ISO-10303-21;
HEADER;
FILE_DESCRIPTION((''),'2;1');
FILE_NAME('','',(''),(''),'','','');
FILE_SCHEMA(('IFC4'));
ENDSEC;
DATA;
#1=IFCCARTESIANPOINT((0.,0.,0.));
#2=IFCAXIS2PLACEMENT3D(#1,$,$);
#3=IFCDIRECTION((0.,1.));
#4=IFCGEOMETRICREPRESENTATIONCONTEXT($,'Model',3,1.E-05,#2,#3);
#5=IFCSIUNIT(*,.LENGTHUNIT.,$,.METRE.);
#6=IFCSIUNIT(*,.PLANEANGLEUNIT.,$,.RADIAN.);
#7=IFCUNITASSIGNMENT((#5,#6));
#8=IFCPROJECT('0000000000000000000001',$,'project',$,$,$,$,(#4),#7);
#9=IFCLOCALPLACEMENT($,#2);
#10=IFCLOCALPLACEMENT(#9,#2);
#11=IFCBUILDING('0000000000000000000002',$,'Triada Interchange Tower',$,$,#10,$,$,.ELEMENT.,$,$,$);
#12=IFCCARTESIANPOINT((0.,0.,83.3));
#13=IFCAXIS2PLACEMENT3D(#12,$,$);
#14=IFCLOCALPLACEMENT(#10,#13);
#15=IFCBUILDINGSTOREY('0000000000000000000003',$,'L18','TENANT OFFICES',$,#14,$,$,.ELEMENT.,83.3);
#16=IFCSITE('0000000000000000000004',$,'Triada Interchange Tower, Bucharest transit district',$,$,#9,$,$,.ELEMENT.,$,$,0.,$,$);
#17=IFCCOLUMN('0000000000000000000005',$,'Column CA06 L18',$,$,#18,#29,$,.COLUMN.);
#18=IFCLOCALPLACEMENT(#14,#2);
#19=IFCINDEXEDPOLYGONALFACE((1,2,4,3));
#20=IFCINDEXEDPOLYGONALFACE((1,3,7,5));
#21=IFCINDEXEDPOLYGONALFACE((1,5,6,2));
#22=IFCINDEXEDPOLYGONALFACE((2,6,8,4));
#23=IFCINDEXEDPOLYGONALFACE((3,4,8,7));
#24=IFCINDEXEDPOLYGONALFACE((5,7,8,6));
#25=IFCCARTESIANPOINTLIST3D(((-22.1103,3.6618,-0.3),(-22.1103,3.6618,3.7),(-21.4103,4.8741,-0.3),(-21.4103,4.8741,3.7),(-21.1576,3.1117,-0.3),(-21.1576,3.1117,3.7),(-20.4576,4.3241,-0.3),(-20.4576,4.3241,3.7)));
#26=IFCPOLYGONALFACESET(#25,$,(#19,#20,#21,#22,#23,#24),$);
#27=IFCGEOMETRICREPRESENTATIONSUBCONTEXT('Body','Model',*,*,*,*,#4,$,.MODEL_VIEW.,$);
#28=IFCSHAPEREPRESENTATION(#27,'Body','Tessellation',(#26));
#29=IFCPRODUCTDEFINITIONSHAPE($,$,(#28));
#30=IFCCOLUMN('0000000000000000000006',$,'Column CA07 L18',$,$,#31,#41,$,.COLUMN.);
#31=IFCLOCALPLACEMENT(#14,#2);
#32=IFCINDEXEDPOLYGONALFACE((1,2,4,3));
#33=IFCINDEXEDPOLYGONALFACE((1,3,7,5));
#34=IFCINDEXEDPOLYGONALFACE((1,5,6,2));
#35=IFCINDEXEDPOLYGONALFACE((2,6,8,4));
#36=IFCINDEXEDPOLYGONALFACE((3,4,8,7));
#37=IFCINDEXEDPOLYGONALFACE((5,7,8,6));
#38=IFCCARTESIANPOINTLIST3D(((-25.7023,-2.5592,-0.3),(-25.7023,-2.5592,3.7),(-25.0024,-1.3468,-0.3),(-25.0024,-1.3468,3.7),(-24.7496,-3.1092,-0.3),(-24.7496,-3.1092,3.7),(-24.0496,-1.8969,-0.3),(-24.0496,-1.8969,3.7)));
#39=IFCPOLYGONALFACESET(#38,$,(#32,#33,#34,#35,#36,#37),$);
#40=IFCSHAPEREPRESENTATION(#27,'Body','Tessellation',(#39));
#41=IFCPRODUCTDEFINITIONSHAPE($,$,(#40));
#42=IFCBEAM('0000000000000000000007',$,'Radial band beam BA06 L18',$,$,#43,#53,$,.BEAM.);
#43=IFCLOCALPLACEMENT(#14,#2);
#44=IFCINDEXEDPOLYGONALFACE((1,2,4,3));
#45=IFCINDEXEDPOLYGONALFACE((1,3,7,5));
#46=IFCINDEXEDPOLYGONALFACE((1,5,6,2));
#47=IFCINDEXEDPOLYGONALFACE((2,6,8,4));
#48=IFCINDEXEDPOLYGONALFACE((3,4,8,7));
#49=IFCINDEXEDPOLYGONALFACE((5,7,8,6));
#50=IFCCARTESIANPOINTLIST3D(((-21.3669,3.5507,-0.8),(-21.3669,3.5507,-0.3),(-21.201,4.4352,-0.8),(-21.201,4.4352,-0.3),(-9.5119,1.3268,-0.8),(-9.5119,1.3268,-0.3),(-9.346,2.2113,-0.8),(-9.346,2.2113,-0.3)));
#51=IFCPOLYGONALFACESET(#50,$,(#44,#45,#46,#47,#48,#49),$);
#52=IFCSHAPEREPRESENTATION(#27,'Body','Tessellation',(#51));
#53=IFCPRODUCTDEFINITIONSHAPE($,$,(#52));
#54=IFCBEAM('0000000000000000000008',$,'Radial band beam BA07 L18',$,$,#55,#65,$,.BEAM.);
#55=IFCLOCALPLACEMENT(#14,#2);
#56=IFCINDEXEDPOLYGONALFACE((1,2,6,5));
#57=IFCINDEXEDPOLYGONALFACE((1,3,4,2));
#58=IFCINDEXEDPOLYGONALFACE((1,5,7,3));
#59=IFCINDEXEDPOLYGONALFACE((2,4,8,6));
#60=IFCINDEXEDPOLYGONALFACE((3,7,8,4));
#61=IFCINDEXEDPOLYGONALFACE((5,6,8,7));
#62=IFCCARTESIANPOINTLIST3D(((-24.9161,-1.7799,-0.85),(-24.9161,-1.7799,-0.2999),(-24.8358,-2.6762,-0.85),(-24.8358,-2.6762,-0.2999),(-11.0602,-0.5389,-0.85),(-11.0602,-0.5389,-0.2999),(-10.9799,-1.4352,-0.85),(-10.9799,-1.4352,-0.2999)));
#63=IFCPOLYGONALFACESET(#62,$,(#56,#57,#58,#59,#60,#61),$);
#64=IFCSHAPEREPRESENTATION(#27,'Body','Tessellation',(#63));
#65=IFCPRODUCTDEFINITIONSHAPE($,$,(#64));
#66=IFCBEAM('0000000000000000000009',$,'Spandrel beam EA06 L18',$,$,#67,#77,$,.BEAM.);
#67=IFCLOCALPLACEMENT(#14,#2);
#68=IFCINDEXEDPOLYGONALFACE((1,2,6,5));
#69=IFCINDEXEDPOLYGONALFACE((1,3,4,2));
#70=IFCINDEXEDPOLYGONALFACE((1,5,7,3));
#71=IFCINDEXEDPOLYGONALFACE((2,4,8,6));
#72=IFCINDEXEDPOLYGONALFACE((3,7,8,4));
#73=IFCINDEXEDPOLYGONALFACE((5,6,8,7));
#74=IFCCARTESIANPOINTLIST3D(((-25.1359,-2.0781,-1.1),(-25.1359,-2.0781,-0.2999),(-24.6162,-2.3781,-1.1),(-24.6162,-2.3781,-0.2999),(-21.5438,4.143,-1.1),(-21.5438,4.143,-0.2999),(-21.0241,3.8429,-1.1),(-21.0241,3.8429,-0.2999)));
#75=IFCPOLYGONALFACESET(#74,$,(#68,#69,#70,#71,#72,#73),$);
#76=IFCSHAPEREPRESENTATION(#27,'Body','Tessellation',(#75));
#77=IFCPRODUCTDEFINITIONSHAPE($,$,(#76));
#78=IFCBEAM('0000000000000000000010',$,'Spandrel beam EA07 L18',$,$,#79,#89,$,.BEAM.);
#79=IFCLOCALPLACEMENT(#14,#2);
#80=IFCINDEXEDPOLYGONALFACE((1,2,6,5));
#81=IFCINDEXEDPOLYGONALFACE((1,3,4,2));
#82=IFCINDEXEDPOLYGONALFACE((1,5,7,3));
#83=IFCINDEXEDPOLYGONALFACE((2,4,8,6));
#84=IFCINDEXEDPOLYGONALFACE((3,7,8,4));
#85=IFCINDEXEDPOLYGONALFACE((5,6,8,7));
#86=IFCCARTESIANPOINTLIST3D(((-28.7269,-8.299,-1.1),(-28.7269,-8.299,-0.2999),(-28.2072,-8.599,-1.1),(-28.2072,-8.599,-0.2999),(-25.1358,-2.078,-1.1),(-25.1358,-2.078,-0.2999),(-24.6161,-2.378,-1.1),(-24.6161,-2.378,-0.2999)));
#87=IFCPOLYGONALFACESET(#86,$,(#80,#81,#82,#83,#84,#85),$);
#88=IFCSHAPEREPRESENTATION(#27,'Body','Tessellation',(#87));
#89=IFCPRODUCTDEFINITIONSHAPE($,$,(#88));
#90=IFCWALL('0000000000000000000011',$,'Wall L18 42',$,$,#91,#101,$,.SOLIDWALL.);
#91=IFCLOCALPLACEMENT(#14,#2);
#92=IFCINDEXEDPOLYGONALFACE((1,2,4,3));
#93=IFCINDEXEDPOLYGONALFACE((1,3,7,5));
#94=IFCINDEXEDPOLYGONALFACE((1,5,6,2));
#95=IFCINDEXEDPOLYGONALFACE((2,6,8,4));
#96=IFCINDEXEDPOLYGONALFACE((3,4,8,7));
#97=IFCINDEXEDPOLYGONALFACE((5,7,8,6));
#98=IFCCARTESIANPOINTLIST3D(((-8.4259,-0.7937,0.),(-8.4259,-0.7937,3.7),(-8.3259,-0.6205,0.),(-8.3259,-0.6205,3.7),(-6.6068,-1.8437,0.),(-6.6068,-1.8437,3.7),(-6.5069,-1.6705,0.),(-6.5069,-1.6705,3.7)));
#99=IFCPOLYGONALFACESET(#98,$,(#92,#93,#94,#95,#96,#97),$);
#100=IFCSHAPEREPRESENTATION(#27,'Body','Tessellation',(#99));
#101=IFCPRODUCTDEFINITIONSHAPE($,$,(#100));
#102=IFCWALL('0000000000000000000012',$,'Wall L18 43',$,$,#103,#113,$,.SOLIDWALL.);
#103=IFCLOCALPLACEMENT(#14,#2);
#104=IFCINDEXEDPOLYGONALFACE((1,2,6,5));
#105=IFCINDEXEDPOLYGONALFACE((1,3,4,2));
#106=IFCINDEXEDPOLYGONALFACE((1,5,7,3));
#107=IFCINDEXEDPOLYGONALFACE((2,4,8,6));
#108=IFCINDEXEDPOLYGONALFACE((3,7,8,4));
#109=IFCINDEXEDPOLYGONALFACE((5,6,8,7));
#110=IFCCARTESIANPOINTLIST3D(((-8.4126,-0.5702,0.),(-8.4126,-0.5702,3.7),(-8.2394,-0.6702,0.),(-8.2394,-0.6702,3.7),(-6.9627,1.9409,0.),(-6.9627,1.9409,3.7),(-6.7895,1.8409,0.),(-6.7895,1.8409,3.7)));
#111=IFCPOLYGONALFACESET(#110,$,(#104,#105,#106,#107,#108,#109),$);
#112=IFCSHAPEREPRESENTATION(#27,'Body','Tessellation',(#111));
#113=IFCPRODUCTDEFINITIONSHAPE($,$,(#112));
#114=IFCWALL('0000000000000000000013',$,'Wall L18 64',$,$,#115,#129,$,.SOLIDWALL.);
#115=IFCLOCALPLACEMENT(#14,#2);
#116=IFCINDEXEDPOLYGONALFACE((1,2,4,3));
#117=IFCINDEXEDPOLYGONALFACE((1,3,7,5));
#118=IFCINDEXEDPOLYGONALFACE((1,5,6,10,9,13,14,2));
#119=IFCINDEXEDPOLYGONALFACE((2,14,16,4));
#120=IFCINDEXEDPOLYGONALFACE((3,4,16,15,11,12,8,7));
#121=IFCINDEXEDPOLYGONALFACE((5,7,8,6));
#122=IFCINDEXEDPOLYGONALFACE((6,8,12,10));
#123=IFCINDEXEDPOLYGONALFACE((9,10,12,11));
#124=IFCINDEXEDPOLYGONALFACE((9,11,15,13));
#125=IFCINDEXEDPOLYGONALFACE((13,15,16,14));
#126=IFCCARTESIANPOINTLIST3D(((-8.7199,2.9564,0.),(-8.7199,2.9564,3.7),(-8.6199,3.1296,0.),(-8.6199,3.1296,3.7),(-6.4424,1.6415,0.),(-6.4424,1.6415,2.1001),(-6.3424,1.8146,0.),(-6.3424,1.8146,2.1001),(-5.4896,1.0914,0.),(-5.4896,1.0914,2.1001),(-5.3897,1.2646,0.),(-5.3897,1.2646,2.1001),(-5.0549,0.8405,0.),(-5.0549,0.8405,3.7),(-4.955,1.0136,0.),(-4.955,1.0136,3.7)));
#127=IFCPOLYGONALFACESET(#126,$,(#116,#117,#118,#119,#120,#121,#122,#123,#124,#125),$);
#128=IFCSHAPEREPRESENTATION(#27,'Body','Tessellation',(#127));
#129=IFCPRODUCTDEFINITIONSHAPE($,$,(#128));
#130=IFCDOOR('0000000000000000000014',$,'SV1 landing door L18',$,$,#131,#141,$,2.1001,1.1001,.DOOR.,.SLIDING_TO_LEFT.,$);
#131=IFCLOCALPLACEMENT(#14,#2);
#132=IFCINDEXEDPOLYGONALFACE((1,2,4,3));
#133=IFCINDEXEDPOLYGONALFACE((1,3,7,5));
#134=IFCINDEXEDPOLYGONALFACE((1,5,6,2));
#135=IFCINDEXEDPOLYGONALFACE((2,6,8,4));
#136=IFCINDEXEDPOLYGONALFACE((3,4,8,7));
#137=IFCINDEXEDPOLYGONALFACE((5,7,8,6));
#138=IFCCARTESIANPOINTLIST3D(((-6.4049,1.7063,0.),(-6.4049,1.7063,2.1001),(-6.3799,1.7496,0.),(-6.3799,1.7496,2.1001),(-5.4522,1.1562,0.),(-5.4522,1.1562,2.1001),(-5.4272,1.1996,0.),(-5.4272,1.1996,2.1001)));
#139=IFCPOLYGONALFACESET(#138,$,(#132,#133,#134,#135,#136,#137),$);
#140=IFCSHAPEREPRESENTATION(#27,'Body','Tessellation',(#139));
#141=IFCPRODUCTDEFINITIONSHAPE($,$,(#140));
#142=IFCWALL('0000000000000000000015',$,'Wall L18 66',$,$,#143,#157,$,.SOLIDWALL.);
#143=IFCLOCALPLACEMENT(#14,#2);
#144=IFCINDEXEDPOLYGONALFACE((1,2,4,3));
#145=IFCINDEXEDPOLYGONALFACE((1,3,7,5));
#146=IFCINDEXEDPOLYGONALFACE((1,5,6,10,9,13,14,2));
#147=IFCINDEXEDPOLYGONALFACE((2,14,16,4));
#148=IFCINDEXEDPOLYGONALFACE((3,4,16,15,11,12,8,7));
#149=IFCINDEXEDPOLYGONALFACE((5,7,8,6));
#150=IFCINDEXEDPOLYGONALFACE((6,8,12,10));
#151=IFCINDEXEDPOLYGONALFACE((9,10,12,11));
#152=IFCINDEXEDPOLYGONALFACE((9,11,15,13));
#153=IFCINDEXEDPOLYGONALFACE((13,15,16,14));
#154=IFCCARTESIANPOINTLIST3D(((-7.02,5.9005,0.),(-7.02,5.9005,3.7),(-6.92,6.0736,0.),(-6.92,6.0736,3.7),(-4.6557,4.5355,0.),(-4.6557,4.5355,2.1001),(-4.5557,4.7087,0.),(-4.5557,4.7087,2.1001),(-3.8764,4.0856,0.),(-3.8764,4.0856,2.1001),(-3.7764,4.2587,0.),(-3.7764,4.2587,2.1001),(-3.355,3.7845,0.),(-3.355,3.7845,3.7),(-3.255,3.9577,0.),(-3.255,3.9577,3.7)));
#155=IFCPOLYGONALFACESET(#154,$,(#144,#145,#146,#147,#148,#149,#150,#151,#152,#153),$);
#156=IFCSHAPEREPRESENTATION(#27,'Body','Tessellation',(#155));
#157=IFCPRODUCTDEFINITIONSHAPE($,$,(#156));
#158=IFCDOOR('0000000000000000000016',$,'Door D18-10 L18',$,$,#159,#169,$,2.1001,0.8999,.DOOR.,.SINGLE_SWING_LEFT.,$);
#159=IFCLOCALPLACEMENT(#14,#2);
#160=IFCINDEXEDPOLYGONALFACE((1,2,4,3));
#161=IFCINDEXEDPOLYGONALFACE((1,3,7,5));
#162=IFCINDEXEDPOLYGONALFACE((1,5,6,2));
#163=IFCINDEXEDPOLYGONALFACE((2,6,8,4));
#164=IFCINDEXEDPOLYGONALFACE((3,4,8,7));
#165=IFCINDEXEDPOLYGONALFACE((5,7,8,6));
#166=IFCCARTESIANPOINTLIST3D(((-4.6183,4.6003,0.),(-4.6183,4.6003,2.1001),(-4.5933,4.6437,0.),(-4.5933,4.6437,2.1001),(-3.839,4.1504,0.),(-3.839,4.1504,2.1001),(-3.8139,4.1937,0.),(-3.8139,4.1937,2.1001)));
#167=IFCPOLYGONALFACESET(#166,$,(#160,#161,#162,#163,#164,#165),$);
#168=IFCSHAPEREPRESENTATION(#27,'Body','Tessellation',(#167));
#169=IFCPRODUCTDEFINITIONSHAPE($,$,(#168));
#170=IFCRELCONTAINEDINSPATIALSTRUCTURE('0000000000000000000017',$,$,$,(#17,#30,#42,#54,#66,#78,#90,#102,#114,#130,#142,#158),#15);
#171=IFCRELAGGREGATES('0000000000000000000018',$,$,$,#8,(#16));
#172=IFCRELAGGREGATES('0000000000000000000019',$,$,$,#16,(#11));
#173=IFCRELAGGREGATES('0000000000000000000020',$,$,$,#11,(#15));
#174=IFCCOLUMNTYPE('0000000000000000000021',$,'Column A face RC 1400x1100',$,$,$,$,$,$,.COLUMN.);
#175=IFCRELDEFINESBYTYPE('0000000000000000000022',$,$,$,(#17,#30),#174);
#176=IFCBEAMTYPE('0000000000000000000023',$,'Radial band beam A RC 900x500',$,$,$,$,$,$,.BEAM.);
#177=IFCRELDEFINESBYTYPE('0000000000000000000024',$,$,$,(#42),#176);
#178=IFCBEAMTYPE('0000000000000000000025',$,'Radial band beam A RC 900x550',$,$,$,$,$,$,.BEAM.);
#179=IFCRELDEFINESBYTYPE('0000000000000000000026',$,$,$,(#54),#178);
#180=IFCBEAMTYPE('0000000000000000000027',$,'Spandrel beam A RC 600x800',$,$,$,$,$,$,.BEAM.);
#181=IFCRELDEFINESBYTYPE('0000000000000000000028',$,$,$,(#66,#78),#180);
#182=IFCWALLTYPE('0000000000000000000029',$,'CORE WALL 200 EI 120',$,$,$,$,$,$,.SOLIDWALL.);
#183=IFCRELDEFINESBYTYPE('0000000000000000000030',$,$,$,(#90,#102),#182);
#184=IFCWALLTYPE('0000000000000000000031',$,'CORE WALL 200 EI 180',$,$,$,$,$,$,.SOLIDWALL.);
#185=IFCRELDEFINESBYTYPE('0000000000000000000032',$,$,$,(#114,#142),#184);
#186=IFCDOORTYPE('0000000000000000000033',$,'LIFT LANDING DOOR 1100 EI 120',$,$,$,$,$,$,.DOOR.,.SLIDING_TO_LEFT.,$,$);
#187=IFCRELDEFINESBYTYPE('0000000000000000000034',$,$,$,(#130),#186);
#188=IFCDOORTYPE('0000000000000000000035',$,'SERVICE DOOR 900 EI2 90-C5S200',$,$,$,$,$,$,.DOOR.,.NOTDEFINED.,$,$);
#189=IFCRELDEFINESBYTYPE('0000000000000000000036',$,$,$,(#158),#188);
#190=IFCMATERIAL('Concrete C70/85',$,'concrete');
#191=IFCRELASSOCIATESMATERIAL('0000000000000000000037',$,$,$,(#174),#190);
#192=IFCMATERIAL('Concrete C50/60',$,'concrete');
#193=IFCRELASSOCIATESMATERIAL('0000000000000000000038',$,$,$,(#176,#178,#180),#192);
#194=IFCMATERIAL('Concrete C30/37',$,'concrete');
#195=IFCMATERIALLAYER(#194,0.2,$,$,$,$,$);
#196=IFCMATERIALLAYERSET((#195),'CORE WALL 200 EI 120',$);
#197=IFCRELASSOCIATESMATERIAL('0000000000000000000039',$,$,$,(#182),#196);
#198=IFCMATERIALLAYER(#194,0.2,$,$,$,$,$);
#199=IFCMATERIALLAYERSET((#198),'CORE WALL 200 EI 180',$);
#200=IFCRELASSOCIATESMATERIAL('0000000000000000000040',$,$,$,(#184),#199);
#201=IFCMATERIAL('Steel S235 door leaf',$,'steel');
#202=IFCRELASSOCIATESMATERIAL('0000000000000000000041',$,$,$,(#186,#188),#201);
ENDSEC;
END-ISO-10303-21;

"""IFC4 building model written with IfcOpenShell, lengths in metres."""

from ifc_helpers import new_model, si_unit, direction, frame, frame_2d, origin, origin_2d, place, context, subcontext, project, spatial, rectangle, extrude, material, layer, layer_set, material_profile, profile_set, type_object, element, fill, save


model = new_model("IFC4")

# Units and contexts
model_context = context("Model", 3, precision=1e-05, world=origin(), true_north=direction((0.0, 1.0)))
body_context = subcontext(model_context, "Body", "Model", "MODEL_VIEW")
ifc_project = project(units=[si_unit("LENGTHUNIT", "METRE"), si_unit("PLANEANGLEUNIT", "RADIAN")], contexts=[model_context])

# Site, building, storey
site_placement = place(None, origin())
site = spatial("IfcSite", under=ifc_project, at=site_placement, Name="Triada Interchange Tower, Bucharest transit district", CompositionType="ELEMENT", RefElevation=0.0)
building_placement = place(site_placement, origin())
building = spatial("IfcBuilding", under=site, at=building_placement, Name="Triada Interchange Tower", CompositionType="ELEMENT")
storey_placement = place(building_placement, frame((0.0, 0.0, 83.3)))
storey = spatial("IfcBuildingStorey", under=building, at=storey_placement, Name="L18", Description="TENANT OFFICES", CompositionType="ELEMENT", Elevation=83.3)

# Columns
ifc_material_1 = material(Name="Concrete C70/85", Category="concrete")
ifc_material_profile_1 = material_profile(ifc_material_1, rectangle(XDim=1.3999, YDim=1.1001, at=origin_2d()), Name="RC 1400x1100")
ifc_profile_set_1 = profile_set([ifc_material_profile_1], Name="Concrete C70/85")
column_type = type_object("IfcColumnType", Name="Column A face RC 1400x1100", PredefinedType="COLUMN", material=ifc_profile_set_1)
for number, where, z_axis, x_axis, name in (
    (1, (-21.2839, 3.9929, -0.3), (0.0, 0.0, 1.0), (0.5, 0.866025, 0.0), "Column CA06 L18"),
    (2, (-24.876, -2.228, -0.3), (0.0, 0.0, 1.0), (0.5, 0.866025, 0.0), "Column CA07 L18"),
):
    element("IfcColumn", number, at=place(storey_placement, frame(where, z_axis=z_axis, x_axis=x_axis)), inside=storey, type_object=column_type, Name=name, PredefinedType="COLUMN", context=body_context, shape_type="SweptSolid", body=[
        extrude(rectangle(XDim=1.3999, YDim=1.1001, at=origin_2d()), origin(), (0.0, 0.0, 1.0), 4.0),
    ])

# Beams
ifc_material_2 = material(Name="Concrete C50/60", Category="concrete")
ifc_material_profile_2 = material_profile(ifc_material_2, rectangle(XDim=0.8999, YDim=0.5, at=origin_2d()), Name="RC 900x500")
ifc_profile_set_2 = profile_set([ifc_material_profile_2], Name="Concrete C50/60")
beam_type_1 = type_object("IfcBeamType", Name="Radial band beam A RC 900x500", PredefinedType="BEAM", material=ifc_profile_set_2)
beam_1_placement = place(storey_placement, frame((-21.2839, 3.9929, -0.55), z_axis=(0.982856, -0.184374, 0.0), x_axis=(0.184374, 0.982856, 0.0)))
element("IfcBeam", 3, at=beam_1_placement, inside=storey, type_object=beam_type_1, Name="Radial band beam BA06 L18", PredefinedType="BEAM", context=body_context, shape_type="SweptSolid", body=[
    extrude(rectangle(XDim=0.8999, YDim=0.5, at=origin_2d()), origin(), (0.0, 0.0, 1.0), 12.0618),
])
ifc_material_profile_3 = material_profile(ifc_material_2, rectangle(XDim=0.8999, YDim=0.55, at=origin_2d()), Name="RC 900x550")
ifc_profile_set_3 = profile_set([ifc_material_profile_3], Name="Concrete C50/60")
beam_type_2 = type_object("IfcBeamType", Name="Radial band beam A RC 900x550", PredefinedType="BEAM", material=ifc_profile_set_3)
beam_2_placement = place(storey_placement, frame((-24.876, -2.228, -0.575), z_axis=(0.996013, 0.089205, 0.0), x_axis=(-0.089205, 0.996013, 0.0)))
element("IfcBeam", 4, at=beam_2_placement, inside=storey, type_object=beam_type_2, Name="Radial band beam BA07 L18", PredefinedType="BEAM", context=body_context, shape_type="SweptSolid", body=[
    extrude(rectangle(XDim=0.8999, YDim=0.55, at=origin_2d()), origin(), (0.0, 0.0, 1.0), 13.9114),
])
ifc_material_profile_4 = material_profile(ifc_material_2, rectangle(XDim=0.6001, YDim=0.8, at=origin_2d()), Name="RC 600x800")
ifc_profile_set_4 = profile_set([ifc_material_profile_4], Name="Concrete C50/60")
beam_type_3 = type_object("IfcBeamType", Name="Spandrel beam A RC 600x800", PredefinedType="BEAM", material=ifc_profile_set_4)
beam_3_placement = place(storey_placement, frame((-21.2839, 3.9929, -0.7), z_axis=(-0.500039, -0.866003, 0.0), x_axis=(0.866003, -0.500039, 0.0)))
element("IfcBeam", 5, at=beam_3_placement, inside=storey, type_object=beam_type_3, Name="Spandrel beam EA06 L18", PredefinedType="BEAM", context=body_context, shape_type="SweptSolid", body=[
    extrude(rectangle(XDim=0.6001, YDim=0.8, at=origin_2d()), origin(), (0.0, 0.0, 1.0), 7.1836),
])
beam_4_placement = place(storey_placement, frame((-24.876, -2.228, -0.7), z_axis=(-0.499937, -0.866062, 0.0), x_axis=(0.866062, -0.499937, 0.0)))
element("IfcBeam", 6, at=beam_4_placement, inside=storey, type_object=beam_type_3, Name="Spandrel beam EA07 L18", PredefinedType="BEAM", context=body_context, shape_type="SweptSolid", body=[
    extrude(rectangle(XDim=0.6001, YDim=0.8, at=origin_2d()), origin(), (0.0, 0.0, 1.0), 7.1831),
])

# Walls
ifc_material_3 = material(Name="Concrete C30/37", Category="concrete")
ifc_layer_1 = layer(ifc_material_3, 0.2)
ifc_layer_set_1 = layer_set([ifc_layer_1], Name="CORE WALL 200 EI 120")
wall_type_1 = type_object("IfcWallType", Name="CORE WALL 200 EI 120", PredefinedType="SOLIDWALL", material=ifc_layer_set_1)
wall_1_placement = place(storey_placement, frame((-8.376, -0.707, 0.0), z_axis=(0.0, 0.0, 1.0), x_axis=(0.866068, -0.499927, 0.0)))
element("IfcWall", 7, at=wall_1_placement, inside=storey, type_object=wall_type_1, Name="Wall L18 42", PredefinedType="SOLIDWALL", context=body_context, shape_type="SweptSolid", body=[
    extrude(rectangle(XDim=2.1003, YDim=0.2, at=frame_2d((1.0503, 0.0))), origin(), (0.0, 0.0, 1.0), 3.7),
])
wall_2_placement = place(storey_placement, frame((-8.3259, -0.6201, 0.0), z_axis=(0.0, 0.0, 1.0), x_axis=(0.500024, 0.866012, 0.0)))
element("IfcWall", 8, at=wall_2_placement, inside=storey, type_object=wall_type_1, Name="Wall L18 43", PredefinedType="SOLIDWALL", context=body_context, shape_type="SweptSolid", body=[
    extrude(rectangle(XDim=2.8997, YDim=0.2, at=frame_2d((1.4497, 0.0))), origin(), (0.0, 0.0, 1.0), 3.7),
])

# Walls, openings, doors
ifc_layer_2 = layer(ifc_material_3, 0.2)
ifc_layer_set_2 = layer_set([ifc_layer_2], Name="CORE WALL 200 EI 180")
wall_type_2 = type_object("IfcWallType", Name="CORE WALL 200 EI 180", PredefinedType="SOLIDWALL", material=ifc_layer_set_2)
wall_3_placement = place(storey_placement, frame((-8.6699, 3.043, 0.0), z_axis=(0.0, 0.0, 1.0), x_axis=(0.86603, -0.499992, 0.0)))
wall_3 = element("IfcWall", 9, at=wall_3_placement, inside=storey, type_object=wall_type_2, Name="Wall L18 64", PredefinedType="SOLIDWALL", context=body_context, shape_type="SweptSolid", body=[
    extrude(rectangle(XDim=4.2319, YDim=0.2, at=frame_2d((2.116, 0.0))), origin(), (0.0, 0.0, 1.0), 3.7),
])
opening_1_placement = place(wall_3_placement, frame((2.6299, 0.0, 0.0)))
opening_1 = element("IfcOpeningElement", 10, at=opening_1_placement, cuts=wall_3, PredefinedType="OPENING", context=body_context, shape_type="SweptSolid", body=[
    extrude(rectangle(XDim=1.1001, YDim=2.1001, at=frame_2d((0.55, 1.05))), frame((0.0, 0.1099, 0.0), z_axis=(0.0, -1.0, 0.0), x_axis=(1.0, 0.0, 0.0)), (0.0, 0.0, 1.0), 0.22),
])
ifc_material_4 = material(Name="Steel S235 door leaf", Category="steel")
door_type_1 = type_object("IfcDoorType", Name="LIFT LANDING DOOR 1100 EI 120", OperationType="SLIDING_TO_LEFT", PredefinedType="DOOR", material=ifc_material_4)
door_1_placement = place(opening_1_placement, origin())
door_1 = element("IfcDoor", 11, at=door_1_placement, inside=storey, type_object=door_type_1, Name="SV1 landing door L18", OperationType="SLIDING_TO_LEFT", OverallHeight=2.1001, OverallWidth=1.1001, PredefinedType="DOOR", context=body_context, shape_type="SweptSolid", body=[
    extrude(rectangle(XDim=1.1001, YDim=2.1001, at=frame_2d((0.55, 1.05))), frame((0.0, 0.0249, 0.0), z_axis=(0.0, -1.0, 0.0), x_axis=(1.0, 0.0, 0.0)), (0.0, 0.0, 1.0), 0.05),
])
fill(opening_1, door_1)
wall_4_placement = place(storey_placement, frame((-6.97, 5.9871, 0.0), z_axis=(0.0, 0.0, 1.0), x_axis=(0.86603, -0.499992, 0.0)))
wall_4 = element("IfcWall", 12, at=wall_4_placement, inside=storey, type_object=wall_type_2, Name="Wall L18 66", PredefinedType="SOLIDWALL", context=body_context, shape_type="SweptSolid", body=[
    extrude(rectangle(XDim=4.2319, YDim=0.2, at=frame_2d((2.116, 0.0))), origin(), (0.0, 0.0, 1.0), 3.7),
])
opening_2_placement = place(wall_4_placement, frame((2.73, 0.0, 0.0)))
opening_2 = element("IfcOpeningElement", 13, at=opening_2_placement, cuts=wall_4, PredefinedType="OPENING", context=body_context, shape_type="SweptSolid", body=[
    extrude(rectangle(XDim=0.8999, YDim=2.1001, at=frame_2d((0.45, 1.05))), frame((0.0, 0.1099, 0.0), z_axis=(0.0, -1.0, 0.0), x_axis=(1.0, 0.0, 0.0)), (0.0, 0.0, 1.0), 0.22),
])
door_type_2 = type_object("IfcDoorType", Name="SERVICE DOOR 900 EI2 90-C5S200", OperationType="NOTDEFINED", PredefinedType="DOOR", material=ifc_material_4)
door_2_placement = place(opening_2_placement, origin())
door_2 = element("IfcDoor", 14, at=door_2_placement, inside=storey, type_object=door_type_2, Name="Door D18-10 L18", OperationType="SINGLE_SWING_LEFT", OverallHeight=2.1001, OverallWidth=0.8999, PredefinedType="DOOR", context=body_context, shape_type="SweptSolid", body=[
    extrude(rectangle(XDim=0.8999, YDim=2.1001, at=frame_2d((0.45, 1.05))), frame((0.0, 0.0249, 0.0), z_axis=(0.0, -1.0, 0.0), x_axis=(1.0, 0.0, 0.0)), (0.0, 0.0, 1.0), 0.05),
])
fill(opening_2, door_2)

save(model, "model.ifc")
